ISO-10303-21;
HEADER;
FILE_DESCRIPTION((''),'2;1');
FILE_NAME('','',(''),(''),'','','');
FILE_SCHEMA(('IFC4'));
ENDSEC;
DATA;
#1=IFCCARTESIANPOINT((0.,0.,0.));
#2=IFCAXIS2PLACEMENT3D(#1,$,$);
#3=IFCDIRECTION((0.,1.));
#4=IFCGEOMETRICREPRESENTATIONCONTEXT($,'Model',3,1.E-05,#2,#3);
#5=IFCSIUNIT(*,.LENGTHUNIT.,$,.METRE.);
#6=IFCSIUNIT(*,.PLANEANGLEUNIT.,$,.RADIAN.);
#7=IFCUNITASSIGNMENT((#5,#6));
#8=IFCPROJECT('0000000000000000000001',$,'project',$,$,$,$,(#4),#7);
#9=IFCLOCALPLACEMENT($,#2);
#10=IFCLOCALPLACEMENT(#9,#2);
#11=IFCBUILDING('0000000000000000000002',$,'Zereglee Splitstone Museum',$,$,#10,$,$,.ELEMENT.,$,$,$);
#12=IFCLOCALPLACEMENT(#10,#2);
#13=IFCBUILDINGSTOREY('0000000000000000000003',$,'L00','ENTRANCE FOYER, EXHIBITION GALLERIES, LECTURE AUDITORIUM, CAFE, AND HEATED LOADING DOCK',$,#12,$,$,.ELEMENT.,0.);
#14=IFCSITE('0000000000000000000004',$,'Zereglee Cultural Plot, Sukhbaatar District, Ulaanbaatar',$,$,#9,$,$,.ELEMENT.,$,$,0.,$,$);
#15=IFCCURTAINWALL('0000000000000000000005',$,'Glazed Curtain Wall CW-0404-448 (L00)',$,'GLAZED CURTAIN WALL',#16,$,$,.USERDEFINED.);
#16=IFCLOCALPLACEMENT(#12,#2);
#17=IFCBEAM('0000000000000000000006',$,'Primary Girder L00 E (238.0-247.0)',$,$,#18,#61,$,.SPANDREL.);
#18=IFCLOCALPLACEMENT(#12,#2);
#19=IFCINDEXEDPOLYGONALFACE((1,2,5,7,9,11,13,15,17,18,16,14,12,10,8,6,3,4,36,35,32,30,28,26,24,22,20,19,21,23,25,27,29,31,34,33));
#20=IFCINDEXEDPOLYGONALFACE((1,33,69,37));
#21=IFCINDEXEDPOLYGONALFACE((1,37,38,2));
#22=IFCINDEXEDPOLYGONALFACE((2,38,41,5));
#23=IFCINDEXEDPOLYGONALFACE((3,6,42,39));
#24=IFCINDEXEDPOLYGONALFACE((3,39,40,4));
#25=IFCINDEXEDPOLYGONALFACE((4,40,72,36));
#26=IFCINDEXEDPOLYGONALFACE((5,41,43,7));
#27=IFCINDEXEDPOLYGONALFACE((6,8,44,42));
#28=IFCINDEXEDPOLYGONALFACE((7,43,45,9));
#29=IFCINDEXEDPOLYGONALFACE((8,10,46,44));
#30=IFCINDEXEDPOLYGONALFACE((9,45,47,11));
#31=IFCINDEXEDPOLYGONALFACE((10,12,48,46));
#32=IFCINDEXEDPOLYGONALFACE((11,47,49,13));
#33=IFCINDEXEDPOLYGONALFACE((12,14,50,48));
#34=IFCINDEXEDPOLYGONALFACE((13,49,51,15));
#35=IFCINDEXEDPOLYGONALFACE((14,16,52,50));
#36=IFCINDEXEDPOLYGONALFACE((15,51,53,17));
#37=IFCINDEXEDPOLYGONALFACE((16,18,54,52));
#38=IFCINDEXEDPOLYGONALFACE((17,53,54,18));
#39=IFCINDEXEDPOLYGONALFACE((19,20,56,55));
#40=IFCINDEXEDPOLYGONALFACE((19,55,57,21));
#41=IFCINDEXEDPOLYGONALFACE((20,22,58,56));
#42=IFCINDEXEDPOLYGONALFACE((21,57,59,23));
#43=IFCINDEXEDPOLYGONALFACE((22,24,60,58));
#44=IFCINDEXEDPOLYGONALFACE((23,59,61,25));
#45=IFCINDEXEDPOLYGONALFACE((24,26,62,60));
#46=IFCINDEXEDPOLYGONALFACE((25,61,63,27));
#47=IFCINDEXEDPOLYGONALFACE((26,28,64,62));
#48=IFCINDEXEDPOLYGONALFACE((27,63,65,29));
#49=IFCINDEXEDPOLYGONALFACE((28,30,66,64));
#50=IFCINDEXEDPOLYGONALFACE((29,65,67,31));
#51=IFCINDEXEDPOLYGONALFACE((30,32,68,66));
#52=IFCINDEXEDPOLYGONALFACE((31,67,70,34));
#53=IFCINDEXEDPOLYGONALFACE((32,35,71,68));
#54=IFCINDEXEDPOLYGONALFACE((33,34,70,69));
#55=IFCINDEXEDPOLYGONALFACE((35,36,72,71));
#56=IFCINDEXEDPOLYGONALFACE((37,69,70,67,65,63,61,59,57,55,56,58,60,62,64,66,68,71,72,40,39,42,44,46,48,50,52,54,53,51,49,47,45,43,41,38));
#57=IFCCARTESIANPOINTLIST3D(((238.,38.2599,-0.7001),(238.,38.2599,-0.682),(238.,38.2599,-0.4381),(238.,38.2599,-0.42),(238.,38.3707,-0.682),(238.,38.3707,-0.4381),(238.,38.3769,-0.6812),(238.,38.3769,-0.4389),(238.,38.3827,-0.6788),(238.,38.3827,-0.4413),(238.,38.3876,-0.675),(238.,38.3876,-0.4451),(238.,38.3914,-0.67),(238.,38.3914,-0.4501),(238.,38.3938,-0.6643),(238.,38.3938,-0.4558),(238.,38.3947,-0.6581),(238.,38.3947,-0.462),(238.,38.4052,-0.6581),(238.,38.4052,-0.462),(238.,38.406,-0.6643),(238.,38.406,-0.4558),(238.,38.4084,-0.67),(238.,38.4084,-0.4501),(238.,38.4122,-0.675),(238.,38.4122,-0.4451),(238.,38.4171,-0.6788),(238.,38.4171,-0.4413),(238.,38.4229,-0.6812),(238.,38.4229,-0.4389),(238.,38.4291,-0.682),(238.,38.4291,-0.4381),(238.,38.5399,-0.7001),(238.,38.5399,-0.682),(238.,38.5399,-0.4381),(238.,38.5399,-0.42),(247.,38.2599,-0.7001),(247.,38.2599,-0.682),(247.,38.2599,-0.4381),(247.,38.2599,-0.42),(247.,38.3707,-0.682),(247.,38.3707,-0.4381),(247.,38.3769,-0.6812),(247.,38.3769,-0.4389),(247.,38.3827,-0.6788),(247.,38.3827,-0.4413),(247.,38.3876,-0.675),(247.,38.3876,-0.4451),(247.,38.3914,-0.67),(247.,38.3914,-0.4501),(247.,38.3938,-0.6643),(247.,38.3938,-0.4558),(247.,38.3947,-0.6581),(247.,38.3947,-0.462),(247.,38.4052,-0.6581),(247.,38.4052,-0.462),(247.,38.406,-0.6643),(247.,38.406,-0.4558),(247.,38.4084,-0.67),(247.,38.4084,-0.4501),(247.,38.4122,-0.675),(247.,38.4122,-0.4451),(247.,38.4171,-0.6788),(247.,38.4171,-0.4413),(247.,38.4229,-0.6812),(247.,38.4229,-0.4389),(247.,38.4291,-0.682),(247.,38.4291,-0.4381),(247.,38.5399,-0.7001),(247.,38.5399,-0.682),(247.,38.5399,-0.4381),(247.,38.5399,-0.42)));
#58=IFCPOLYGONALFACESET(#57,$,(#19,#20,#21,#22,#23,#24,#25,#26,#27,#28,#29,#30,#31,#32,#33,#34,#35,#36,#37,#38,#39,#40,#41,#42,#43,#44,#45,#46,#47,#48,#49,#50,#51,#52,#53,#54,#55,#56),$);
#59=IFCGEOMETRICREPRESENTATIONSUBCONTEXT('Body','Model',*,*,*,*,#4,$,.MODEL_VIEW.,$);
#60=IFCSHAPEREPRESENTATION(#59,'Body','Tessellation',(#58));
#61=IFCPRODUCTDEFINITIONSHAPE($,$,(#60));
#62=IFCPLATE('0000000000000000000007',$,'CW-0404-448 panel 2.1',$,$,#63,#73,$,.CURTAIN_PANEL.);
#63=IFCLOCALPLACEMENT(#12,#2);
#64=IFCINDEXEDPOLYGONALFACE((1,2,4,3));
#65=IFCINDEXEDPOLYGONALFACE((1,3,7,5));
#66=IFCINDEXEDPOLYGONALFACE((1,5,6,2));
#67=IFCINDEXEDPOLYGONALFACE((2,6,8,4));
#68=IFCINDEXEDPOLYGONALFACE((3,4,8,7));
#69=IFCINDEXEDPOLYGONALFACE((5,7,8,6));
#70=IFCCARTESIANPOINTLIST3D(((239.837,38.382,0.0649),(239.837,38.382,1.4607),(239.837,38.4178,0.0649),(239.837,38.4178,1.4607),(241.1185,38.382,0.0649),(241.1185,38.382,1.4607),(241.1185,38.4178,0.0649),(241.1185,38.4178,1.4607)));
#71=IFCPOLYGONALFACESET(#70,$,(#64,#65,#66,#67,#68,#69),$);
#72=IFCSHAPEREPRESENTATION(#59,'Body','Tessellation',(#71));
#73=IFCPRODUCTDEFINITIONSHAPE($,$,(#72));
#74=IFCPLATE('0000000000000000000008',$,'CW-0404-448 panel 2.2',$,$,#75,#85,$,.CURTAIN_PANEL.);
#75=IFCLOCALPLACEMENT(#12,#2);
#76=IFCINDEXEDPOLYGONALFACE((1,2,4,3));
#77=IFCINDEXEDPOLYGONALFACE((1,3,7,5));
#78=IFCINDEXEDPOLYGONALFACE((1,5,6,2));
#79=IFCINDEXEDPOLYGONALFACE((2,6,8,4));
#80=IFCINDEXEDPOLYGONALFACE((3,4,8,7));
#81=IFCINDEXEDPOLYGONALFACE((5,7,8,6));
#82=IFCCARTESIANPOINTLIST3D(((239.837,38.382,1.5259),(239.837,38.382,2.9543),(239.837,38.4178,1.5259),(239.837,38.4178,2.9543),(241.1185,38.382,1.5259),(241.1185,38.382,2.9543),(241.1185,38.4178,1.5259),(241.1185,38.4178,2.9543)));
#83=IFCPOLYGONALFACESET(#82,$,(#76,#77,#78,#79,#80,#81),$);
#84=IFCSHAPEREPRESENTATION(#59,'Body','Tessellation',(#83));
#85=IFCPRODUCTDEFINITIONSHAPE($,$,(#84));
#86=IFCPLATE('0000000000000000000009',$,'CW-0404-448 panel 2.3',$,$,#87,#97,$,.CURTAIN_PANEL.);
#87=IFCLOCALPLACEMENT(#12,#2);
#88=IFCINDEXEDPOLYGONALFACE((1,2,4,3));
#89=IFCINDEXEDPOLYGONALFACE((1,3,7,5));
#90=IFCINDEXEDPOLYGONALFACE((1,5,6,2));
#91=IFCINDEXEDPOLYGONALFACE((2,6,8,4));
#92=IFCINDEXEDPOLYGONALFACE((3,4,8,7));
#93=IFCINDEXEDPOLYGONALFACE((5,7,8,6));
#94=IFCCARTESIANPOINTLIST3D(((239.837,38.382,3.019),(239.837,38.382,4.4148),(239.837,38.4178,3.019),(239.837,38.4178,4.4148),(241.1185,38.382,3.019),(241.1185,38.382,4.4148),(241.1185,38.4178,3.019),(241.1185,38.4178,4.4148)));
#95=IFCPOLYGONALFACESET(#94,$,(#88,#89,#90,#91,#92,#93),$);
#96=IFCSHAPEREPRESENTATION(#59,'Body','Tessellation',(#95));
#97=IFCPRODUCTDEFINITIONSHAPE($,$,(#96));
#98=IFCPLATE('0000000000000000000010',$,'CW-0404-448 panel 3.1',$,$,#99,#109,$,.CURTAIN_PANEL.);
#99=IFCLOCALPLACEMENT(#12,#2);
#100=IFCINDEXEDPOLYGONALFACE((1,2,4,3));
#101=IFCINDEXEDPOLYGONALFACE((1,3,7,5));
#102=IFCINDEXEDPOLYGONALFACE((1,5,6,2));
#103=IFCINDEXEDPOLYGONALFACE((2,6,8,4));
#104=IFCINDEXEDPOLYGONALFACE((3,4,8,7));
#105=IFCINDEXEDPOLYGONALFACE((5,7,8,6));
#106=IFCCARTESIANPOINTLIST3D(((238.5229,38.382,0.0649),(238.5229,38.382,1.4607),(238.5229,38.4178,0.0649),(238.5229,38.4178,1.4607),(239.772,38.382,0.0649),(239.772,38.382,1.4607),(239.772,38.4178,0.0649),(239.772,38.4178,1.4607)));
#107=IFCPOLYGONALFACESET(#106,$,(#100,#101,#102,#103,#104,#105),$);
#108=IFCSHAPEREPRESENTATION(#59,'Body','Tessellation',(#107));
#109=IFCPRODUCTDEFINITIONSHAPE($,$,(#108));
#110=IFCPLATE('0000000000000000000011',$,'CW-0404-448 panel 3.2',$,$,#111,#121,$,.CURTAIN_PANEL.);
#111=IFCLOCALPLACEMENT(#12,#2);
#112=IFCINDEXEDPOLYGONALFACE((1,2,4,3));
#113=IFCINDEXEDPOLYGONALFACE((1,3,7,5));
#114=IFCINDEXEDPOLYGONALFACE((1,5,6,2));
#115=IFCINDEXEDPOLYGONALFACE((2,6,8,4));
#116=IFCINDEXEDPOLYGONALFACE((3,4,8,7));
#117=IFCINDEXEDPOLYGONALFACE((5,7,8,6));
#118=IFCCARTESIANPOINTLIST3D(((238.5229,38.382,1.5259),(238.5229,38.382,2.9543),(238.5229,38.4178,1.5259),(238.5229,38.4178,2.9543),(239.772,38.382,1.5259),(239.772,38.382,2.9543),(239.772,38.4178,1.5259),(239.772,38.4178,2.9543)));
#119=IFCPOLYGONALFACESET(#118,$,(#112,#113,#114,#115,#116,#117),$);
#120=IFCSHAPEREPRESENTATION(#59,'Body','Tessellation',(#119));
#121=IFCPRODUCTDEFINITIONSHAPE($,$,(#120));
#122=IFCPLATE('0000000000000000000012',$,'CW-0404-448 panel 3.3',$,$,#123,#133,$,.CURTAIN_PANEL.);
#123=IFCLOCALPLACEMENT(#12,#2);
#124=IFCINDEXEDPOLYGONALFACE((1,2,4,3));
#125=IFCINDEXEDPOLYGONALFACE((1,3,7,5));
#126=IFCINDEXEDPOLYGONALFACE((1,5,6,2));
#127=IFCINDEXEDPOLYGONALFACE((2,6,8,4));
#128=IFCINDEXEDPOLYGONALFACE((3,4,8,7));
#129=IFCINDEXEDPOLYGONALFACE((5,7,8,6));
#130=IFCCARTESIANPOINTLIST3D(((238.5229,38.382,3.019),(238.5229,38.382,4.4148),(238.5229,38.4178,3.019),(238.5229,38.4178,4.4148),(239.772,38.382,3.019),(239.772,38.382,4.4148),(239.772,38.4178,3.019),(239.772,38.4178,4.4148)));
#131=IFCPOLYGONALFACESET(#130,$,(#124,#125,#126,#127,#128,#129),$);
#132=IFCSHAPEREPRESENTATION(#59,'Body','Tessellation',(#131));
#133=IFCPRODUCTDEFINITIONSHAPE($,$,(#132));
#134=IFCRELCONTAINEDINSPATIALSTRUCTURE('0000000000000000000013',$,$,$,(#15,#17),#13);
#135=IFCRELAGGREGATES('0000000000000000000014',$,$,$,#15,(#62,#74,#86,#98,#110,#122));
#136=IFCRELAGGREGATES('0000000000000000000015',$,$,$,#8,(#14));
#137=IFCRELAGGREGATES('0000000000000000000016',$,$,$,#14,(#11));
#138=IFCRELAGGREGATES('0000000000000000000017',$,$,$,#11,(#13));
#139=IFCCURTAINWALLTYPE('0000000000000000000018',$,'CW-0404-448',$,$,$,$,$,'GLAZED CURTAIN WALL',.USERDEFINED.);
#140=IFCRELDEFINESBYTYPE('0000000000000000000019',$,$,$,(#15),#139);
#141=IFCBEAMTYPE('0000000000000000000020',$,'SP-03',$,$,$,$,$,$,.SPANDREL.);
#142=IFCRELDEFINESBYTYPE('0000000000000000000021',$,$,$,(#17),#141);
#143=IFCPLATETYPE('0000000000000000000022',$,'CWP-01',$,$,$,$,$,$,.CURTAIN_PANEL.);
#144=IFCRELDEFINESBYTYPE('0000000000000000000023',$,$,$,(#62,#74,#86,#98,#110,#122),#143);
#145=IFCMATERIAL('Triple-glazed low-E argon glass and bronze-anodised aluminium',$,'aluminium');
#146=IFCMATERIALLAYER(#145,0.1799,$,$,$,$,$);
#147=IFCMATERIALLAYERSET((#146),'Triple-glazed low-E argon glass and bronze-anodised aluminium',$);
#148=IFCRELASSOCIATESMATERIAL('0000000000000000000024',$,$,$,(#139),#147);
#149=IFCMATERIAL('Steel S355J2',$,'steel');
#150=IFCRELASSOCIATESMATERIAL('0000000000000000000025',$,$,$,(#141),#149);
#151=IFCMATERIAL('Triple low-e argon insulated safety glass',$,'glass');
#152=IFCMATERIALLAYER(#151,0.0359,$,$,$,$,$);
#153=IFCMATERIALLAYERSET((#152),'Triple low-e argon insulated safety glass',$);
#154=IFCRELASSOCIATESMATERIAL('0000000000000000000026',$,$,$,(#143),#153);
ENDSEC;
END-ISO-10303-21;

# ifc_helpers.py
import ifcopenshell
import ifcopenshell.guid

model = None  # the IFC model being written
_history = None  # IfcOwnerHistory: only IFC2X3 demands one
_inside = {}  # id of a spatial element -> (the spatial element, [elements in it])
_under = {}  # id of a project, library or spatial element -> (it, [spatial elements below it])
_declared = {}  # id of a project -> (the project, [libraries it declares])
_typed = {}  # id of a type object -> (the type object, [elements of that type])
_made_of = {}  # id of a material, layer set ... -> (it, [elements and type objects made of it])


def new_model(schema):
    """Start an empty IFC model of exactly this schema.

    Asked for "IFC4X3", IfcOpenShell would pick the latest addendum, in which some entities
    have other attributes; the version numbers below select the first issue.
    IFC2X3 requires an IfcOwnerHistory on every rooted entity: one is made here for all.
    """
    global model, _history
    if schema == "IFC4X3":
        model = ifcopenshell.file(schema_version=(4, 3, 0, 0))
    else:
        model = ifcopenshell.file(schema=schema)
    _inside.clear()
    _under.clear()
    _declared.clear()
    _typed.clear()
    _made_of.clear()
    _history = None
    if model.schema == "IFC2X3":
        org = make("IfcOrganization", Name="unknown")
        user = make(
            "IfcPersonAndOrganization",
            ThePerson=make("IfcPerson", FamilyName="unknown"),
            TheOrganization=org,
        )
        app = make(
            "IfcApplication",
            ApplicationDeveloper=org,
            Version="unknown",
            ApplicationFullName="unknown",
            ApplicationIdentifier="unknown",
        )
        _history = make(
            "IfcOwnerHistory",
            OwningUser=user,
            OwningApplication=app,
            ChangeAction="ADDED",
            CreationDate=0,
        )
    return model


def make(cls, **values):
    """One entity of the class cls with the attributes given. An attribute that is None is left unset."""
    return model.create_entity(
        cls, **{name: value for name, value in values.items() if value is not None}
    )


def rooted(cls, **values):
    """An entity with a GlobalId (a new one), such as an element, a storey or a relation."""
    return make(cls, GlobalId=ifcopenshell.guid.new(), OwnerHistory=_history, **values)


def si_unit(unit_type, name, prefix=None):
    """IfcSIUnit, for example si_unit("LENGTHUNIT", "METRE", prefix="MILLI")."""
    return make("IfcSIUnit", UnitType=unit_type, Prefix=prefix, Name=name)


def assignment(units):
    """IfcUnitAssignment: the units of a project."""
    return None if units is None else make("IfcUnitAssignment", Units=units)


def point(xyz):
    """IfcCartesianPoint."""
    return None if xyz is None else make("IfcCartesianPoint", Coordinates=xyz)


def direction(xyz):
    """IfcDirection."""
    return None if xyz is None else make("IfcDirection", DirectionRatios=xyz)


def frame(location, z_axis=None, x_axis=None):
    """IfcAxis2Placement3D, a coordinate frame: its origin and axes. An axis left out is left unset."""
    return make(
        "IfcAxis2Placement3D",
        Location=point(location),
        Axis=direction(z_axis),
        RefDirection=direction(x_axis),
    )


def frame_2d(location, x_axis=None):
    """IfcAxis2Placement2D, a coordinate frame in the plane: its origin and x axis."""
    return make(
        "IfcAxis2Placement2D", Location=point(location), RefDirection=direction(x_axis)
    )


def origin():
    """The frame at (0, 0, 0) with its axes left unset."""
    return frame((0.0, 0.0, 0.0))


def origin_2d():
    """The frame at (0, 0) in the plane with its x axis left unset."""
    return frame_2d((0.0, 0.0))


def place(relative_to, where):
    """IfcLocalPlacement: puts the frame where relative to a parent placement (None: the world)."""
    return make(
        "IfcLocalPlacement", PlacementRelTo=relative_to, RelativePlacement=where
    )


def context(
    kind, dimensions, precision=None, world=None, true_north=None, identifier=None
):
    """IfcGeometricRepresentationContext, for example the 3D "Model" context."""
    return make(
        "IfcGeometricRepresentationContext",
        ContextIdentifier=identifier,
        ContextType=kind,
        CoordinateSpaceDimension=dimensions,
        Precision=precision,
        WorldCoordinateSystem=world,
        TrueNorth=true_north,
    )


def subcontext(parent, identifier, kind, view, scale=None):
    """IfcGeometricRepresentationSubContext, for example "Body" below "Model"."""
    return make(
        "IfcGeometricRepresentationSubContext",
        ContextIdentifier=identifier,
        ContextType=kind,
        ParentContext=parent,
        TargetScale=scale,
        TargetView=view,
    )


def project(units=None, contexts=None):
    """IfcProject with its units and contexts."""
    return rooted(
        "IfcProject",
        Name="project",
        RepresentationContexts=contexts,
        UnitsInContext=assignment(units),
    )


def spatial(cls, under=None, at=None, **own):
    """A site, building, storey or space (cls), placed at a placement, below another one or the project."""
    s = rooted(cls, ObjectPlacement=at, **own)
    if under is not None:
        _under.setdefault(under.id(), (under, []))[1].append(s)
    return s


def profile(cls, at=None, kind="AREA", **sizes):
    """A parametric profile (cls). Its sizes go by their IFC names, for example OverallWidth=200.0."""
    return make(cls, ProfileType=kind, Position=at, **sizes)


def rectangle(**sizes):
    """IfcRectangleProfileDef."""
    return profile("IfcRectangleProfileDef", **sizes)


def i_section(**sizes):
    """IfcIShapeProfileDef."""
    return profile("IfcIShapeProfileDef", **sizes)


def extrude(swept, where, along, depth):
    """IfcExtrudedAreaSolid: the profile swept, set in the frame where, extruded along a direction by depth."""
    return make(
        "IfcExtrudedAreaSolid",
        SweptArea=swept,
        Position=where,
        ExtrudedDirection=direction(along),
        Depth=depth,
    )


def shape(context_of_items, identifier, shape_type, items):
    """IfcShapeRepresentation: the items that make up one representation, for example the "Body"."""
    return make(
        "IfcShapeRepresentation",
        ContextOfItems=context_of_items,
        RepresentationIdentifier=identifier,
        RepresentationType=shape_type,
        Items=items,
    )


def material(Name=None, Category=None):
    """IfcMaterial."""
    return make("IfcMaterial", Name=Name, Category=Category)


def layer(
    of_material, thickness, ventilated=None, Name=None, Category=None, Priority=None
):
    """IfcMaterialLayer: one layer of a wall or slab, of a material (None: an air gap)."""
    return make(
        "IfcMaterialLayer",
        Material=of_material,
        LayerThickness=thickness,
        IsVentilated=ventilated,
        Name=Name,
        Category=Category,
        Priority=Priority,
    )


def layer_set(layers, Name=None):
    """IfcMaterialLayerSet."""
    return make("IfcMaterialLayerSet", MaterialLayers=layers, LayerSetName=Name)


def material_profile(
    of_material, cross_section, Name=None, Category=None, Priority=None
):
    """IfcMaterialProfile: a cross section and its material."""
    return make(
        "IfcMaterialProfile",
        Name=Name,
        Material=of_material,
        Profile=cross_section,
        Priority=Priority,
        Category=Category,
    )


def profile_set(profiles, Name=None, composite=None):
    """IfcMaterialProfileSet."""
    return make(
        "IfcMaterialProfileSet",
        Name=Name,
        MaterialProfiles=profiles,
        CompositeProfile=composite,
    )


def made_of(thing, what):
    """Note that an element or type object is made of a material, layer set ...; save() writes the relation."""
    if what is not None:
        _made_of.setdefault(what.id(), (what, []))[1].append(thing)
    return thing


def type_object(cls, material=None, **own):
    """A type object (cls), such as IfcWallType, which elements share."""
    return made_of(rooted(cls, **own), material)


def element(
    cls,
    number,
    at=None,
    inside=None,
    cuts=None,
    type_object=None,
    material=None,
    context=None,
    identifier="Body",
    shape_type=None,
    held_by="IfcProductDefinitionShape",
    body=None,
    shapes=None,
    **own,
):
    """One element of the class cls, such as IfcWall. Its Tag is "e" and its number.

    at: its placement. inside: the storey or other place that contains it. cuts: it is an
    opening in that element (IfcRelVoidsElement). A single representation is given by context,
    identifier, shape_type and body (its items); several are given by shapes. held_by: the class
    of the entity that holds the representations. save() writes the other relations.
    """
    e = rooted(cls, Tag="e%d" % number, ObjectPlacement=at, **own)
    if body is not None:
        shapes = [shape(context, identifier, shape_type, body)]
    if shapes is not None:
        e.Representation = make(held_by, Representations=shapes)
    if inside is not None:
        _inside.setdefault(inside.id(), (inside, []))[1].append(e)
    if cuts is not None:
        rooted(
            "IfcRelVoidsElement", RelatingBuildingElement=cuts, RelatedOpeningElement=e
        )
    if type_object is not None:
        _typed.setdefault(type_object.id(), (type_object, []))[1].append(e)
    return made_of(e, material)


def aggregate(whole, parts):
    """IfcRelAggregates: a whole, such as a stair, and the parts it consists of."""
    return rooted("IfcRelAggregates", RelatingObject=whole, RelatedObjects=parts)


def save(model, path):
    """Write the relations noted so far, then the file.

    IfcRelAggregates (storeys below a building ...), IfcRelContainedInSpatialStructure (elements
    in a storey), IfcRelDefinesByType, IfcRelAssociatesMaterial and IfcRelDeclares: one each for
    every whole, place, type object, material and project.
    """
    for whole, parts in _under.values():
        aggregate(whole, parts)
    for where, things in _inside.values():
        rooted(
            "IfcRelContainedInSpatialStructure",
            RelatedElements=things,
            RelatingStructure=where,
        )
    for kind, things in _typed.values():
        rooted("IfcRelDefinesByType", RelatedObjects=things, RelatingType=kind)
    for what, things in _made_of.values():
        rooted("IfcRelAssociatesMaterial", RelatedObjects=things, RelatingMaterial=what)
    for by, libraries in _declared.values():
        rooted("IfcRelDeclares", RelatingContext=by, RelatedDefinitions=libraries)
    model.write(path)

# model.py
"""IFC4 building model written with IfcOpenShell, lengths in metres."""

from ifc_helpers import new_model, si_unit, direction, frame, origin, origin_2d, place, context, subcontext, project, spatial, rectangle, i_section, extrude, material, layer, layer_set, material_profile, profile_set, type_object, element, aggregate, save


model = new_model("IFC4")

# Units and contexts
model_context = context("Model", 3, precision=1e-05, world=origin(), true_north=direction((0.0, 1.0)))
body_context = subcontext(model_context, "Body", "Model", "MODEL_VIEW")
ifc_project = project(units=[si_unit("LENGTHUNIT", "METRE"), si_unit("PLANEANGLEUNIT", "RADIAN")], contexts=[model_context])

# Site, building, storey
site_placement = place(None, origin())
site = spatial("IfcSite", under=ifc_project, at=site_placement, Name="Zereglee Cultural Plot, Sukhbaatar District, Ulaanbaatar", CompositionType="ELEMENT", RefElevation=0.0)
building_placement = place(site_placement, origin())
building = spatial("IfcBuilding", under=site, at=building_placement, Name="Zereglee Splitstone Museum", CompositionType="ELEMENT")
storey_placement = place(building_placement, origin())
storey = spatial("IfcBuildingStorey", under=building, at=storey_placement, Name="L00", Description="ENTRANCE FOYER, EXHIBITION GALLERIES, LECTURE AUDITORIUM, CAFE, AND HEATED LOADING DOCK", CompositionType="ELEMENT", Elevation=0.0)

# Curtain wall
ifc_material_1 = material(Name="Triple-glazed low-E argon glass and bronze-anodised aluminium", Category="aluminium")
ifc_layer_1 = layer(ifc_material_1, 0.1799)
ifc_layer_set_1 = layer_set([ifc_layer_1], Name="Triple-glazed low-E argon glass and bronze-anodised aluminium")
curtain_wall_type_1 = type_object("IfcCurtainWallType", Name="CW-0404-448", ElementType="GLAZED CURTAIN WALL", PredefinedType="USERDEFINED", material=ifc_layer_set_1)
curtain_wall_1_placement = place(storey_placement, origin())
curtain_wall_1 = element("IfcCurtainWall", 1, at=curtain_wall_1_placement, inside=storey, type_object=curtain_wall_type_1, Name="Glazed Curtain Wall CW-0404-448 (L00)", ObjectType="GLAZED CURTAIN WALL", PredefinedType="USERDEFINED")

# Beam
ifc_material_2 = material(Name="Steel S355J2", Category="steel")
ifc_material_profile_1 = material_profile(ifc_material_2, i_section(OverallWidth=0.28, OverallDepth=0.28, WebThickness=0.0105, FlangeThickness=0.0181, FilletRadius=0.0239, at=origin_2d()), Name="HE 280 B")
ifc_profile_set_1 = profile_set([ifc_material_profile_1], Name="Steel S355J2")
beam_type = type_object("IfcBeamType", Name="SP-03", PredefinedType="SPANDREL", material=ifc_profile_set_1)
beam_placement = place(storey_placement, frame((238.0, 38.3999, -0.5601), z_axis=(1.0, 0.0, 0.0), x_axis=(0.0, 1.0, 0.0)))
element("IfcBeam", 2, at=beam_placement, inside=storey, type_object=beam_type, Name="Primary Girder L00 E (238.0-247.0)", PredefinedType="SPANDREL", context=body_context, shape_type="SweptSolid", body=[
    extrude(i_section(OverallWidth=0.28, OverallDepth=0.28, WebThickness=0.0105, FlangeThickness=0.0181, FilletRadius=0.0239, at=origin_2d()), origin(), (0.0, 0.0, 1.0), 9.0),
])

# Plates
ifc_material_3 = material(Name="Triple low-e argon insulated safety glass", Category="glass")
ifc_layer_2 = layer(ifc_material_3, 0.0359)
ifc_layer_set_2 = layer_set([ifc_layer_2], Name="Triple low-e argon insulated safety glass")
plate_type = type_object("IfcPlateType", Name="CWP-01", PredefinedType="CURTAIN_PANEL", material=ifc_layer_set_2)
plate_1_placement = place(storey_placement, frame((240.4778, 38.3999, 0.0649), z_axis=(0.0, 0.0, 1.0), x_axis=(-1.0, 0.0, 0.0)))
plate_1 = element("IfcPlate", 3, at=plate_1_placement, type_object=plate_type, Name="CW-0404-448 panel 2.1", PredefinedType="CURTAIN_PANEL", context=body_context, shape_type="SweptSolid", body=[
    extrude(rectangle(XDim=1.2815, YDim=0.0359, at=origin_2d()), origin(), (0.0, 0.0, 1.0), 1.3958),
])
plate_2_placement = place(storey_placement, frame((240.4778, 38.3999, 1.5259), z_axis=(0.0, 0.0, 1.0), x_axis=(-1.0, 0.0, 0.0)))
plate_2 = element("IfcPlate", 4, at=plate_2_placement, type_object=plate_type, Name="CW-0404-448 panel 2.2", PredefinedType="CURTAIN_PANEL", context=body_context, shape_type="SweptSolid", body=[
    extrude(rectangle(XDim=1.2815, YDim=0.0359, at=origin_2d()), origin(), (0.0, 0.0, 1.0), 1.4285),
])
plate_3_placement = place(storey_placement, frame((240.4778, 38.3999, 3.019), z_axis=(0.0, 0.0, 1.0), x_axis=(-1.0, 0.0, 0.0)))
plate_3 = element("IfcPlate", 5, at=plate_3_placement, type_object=plate_type, Name="CW-0404-448 panel 2.3", PredefinedType="CURTAIN_PANEL", context=body_context, shape_type="SweptSolid", body=[
    extrude(rectangle(XDim=1.2815, YDim=0.0359, at=origin_2d()), origin(), (0.0, 0.0, 1.0), 1.3958),
])
plate_4_placement = place(storey_placement, frame((239.1475, 38.3999, 0.0649), z_axis=(0.0, 0.0, 1.0), x_axis=(-1.0, 0.0, 0.0)))
plate_4 = element("IfcPlate", 6, at=plate_4_placement, type_object=plate_type, Name="CW-0404-448 panel 3.1", PredefinedType="CURTAIN_PANEL", context=body_context, shape_type="SweptSolid", body=[
    extrude(rectangle(XDim=1.249, YDim=0.0359, at=origin_2d()), origin(), (0.0, 0.0, 1.0), 1.3958),
])
plate_5_placement = place(storey_placement, frame((239.1475, 38.3999, 1.5259), z_axis=(0.0, 0.0, 1.0), x_axis=(-1.0, 0.0, 0.0)))
plate_5 = element("IfcPlate", 7, at=plate_5_placement, type_object=plate_type, Name="CW-0404-448 panel 3.2", PredefinedType="CURTAIN_PANEL", context=body_context, shape_type="SweptSolid", body=[
    extrude(rectangle(XDim=1.249, YDim=0.0359, at=origin_2d()), origin(), (0.0, 0.0, 1.0), 1.4285),
])
plate_6_placement = place(storey_placement, frame((239.1475, 38.3999, 3.019), z_axis=(0.0, 0.0, 1.0), x_axis=(-1.0, 0.0, 0.0)))
plate_6 = element("IfcPlate", 8, at=plate_6_placement, type_object=plate_type, Name="CW-0404-448 panel 3.3", PredefinedType="CURTAIN_PANEL", context=body_context, shape_type="SweptSolid", body=[
    extrude(rectangle(XDim=1.249, YDim=0.0359, at=origin_2d()), origin(), (0.0, 0.0, 1.0), 1.3958),
])
aggregate(curtain_wall_1, [plate_1, plate_2, plate_3, plate_4, plate_5, plate_6])

save(model, "model.ifc")
